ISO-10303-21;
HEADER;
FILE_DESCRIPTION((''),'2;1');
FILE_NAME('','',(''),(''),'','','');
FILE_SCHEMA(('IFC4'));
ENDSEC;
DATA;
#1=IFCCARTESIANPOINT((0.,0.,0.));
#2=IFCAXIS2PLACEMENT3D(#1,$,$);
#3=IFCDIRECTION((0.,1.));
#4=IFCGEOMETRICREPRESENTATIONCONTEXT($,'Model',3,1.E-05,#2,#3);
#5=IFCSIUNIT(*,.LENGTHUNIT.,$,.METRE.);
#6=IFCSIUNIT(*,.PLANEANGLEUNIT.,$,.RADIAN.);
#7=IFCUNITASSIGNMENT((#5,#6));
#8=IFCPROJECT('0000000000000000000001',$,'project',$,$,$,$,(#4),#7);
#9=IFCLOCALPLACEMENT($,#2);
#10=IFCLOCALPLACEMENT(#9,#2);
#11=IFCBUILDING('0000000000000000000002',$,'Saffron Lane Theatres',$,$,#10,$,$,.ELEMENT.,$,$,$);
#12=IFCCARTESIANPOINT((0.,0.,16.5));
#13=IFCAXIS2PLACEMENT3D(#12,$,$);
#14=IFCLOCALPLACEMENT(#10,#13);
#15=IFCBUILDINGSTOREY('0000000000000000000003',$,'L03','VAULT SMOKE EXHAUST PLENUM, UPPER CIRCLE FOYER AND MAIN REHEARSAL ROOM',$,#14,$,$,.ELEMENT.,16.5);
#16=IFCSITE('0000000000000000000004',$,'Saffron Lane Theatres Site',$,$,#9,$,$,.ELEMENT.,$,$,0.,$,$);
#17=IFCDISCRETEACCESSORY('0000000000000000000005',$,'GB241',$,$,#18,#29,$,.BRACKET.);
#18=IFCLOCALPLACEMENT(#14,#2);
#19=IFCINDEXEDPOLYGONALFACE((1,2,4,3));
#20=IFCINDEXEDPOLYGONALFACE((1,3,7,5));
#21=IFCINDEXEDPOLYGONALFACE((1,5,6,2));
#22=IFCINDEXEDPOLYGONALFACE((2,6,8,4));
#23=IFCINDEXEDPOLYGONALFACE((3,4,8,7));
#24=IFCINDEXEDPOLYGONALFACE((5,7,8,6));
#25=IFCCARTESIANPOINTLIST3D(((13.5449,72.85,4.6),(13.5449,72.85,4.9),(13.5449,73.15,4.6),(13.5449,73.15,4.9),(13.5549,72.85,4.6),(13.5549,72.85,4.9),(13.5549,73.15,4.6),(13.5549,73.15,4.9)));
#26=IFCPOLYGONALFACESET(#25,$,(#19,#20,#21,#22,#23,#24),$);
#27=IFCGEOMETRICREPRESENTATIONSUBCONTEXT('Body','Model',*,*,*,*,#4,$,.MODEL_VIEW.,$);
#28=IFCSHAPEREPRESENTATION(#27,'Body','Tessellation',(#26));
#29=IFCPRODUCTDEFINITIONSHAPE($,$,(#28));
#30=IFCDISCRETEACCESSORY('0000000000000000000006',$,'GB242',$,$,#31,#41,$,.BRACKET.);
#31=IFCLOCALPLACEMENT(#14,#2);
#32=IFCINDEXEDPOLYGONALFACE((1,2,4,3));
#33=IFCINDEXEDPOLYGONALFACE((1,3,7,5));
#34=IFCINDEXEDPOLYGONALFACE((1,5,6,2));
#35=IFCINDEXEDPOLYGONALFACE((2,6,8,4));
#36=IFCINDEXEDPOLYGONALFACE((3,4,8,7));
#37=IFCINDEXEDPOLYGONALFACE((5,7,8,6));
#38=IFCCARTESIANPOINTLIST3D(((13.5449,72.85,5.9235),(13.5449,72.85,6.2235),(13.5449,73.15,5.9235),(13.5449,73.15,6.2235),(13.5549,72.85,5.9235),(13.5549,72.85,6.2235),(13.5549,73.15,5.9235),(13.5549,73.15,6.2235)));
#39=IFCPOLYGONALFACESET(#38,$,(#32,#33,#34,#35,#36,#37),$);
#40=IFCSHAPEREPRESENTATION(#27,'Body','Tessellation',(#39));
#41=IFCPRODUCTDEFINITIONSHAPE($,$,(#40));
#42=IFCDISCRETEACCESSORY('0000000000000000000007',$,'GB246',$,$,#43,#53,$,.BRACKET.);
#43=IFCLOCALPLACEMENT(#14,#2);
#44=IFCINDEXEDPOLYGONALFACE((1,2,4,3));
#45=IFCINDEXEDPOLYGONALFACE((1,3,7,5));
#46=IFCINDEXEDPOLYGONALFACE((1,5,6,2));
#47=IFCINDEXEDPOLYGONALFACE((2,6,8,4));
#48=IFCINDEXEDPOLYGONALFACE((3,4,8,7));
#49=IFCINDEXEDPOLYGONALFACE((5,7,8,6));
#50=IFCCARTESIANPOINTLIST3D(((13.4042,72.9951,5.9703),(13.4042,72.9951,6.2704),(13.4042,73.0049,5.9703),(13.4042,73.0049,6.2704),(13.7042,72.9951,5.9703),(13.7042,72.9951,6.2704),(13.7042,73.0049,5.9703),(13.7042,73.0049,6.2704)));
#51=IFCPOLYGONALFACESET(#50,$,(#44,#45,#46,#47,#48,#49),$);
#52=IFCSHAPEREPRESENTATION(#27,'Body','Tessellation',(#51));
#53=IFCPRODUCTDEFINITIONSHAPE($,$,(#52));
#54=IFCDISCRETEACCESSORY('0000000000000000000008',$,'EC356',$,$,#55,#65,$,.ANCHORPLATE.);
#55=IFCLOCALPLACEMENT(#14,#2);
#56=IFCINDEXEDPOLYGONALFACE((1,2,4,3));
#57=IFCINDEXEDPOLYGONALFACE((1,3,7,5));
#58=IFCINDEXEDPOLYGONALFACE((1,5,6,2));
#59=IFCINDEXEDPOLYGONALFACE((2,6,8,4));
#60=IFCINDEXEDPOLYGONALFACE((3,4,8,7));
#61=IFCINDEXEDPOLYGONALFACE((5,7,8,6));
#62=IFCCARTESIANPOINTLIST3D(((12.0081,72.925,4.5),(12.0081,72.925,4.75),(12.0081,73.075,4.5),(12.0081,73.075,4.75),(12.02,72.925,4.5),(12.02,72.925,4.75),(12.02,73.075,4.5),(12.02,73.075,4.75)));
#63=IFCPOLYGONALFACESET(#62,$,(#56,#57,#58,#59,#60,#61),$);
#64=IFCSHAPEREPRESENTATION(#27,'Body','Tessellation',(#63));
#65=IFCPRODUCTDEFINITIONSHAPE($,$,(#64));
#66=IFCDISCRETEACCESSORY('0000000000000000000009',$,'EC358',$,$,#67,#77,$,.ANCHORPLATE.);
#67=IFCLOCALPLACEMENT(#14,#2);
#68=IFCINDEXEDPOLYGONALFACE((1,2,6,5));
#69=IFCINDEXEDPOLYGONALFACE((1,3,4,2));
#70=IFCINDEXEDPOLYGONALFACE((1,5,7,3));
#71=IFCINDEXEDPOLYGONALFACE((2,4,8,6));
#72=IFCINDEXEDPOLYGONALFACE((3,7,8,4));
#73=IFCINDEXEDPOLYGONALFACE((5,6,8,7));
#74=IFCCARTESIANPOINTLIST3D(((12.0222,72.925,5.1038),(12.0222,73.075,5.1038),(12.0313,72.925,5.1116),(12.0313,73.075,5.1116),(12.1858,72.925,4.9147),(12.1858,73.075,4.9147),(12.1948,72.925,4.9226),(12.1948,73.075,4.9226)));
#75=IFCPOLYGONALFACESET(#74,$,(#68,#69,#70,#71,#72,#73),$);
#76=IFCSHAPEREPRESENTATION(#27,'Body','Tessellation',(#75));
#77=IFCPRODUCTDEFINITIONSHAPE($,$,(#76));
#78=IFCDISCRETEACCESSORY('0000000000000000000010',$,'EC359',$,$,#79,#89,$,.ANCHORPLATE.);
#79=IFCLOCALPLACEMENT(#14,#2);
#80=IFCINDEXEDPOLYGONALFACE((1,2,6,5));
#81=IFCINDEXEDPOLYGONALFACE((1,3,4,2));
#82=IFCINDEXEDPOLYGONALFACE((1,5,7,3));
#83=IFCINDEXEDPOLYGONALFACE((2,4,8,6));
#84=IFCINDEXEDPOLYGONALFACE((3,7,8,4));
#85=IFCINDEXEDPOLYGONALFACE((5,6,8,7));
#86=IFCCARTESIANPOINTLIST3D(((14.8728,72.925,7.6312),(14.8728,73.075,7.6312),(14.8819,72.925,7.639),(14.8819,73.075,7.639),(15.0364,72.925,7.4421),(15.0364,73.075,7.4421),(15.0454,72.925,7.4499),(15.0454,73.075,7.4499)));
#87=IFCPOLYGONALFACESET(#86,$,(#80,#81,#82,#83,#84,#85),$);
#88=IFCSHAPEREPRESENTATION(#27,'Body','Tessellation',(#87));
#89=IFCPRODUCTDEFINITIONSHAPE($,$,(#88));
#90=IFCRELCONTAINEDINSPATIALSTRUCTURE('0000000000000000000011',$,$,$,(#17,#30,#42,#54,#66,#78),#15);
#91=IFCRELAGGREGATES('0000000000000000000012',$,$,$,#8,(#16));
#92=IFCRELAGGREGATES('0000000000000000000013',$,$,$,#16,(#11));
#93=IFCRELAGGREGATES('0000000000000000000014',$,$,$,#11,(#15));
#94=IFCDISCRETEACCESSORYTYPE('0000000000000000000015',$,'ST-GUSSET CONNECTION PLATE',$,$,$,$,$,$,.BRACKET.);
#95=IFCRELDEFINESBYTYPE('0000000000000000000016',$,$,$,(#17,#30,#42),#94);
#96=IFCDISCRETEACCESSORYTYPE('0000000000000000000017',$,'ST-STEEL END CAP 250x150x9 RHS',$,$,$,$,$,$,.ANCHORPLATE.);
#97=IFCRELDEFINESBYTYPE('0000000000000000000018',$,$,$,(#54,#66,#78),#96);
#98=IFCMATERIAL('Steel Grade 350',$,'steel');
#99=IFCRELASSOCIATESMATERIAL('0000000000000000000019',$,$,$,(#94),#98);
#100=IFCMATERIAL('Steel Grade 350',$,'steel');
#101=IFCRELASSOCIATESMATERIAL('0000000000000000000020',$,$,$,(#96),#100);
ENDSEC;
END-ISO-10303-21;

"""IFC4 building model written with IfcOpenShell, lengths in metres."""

from ifc_helpers import new_model, si_unit, direction, frame, origin, origin_2d, place, context, subcontext, project, spatial, rectangle, extrude, material, material_profile, profile_set, type_object, element, save


model = new_model("IFC4")

# Units and contexts
model_context = context("Model", 3, precision=1e-05, world=origin(), true_north=direction((0.0, 1.0)))
body_context = subcontext(model_context, "Body", "Model", "MODEL_VIEW")
ifc_project = project(units=[si_unit("LENGTHUNIT", "METRE"), si_unit("PLANEANGLEUNIT", "RADIAN")], contexts=[model_context])

# Site, building, storey
site_placement = place(None, origin())
site = spatial("IfcSite", under=ifc_project, at=site_placement, Name="Saffron Lane Theatres Site", CompositionType="ELEMENT", RefElevation=0.0)
building_placement = place(site_placement, origin())
building = spatial("IfcBuilding", under=site, at=building_placement, Name="Saffron Lane Theatres", CompositionType="ELEMENT")
storey_placement = place(building_placement, frame((0.0, 0.0, 16.5)))
storey = spatial("IfcBuildingStorey", under=building, at=storey_placement, Name="L03", Description="VAULT SMOKE EXHAUST PLENUM, UPPER CIRCLE FOYER AND MAIN REHEARSAL ROOM", CompositionType="ELEMENT", Elevation=16.5)

# Discrete accessories
ifc_material_1 = material(Name="Steel Grade 350", Category="steel")
ifc_material_profile_1 = material_profile(ifc_material_1, rectangle(XDim=0.3, YDim=0.3, at=origin_2d()))
ifc_profile_set_1 = profile_set([ifc_material_profile_1], Name="Steel Grade 350")
discrete_accessory_type_1 = type_object("IfcDiscreteAccessoryType", Name="ST-GUSSET CONNECTION PLATE", PredefinedType="BRACKET", material=ifc_profile_set_1)
for number, where, z_axis, x_axis, name in (
    (1, (13.5449, 73.0, 4.75), (1.0, 0.0, 0.0), (0.0, 1.0, 0.0), "GB241"),
    (2, (13.5449, 73.0, 6.0735), (1.0, 0.0, 0.0), (0.0, 1.0, 0.0), "GB242"),
):
    element("IfcDiscreteAccessory", number, at=place(storey_placement, frame(where, z_axis=z_axis, x_axis=x_axis)), inside=storey, type_object=discrete_accessory_type_1, Name=name, PredefinedType="BRACKET", context=body_context, shape_type="SweptSolid", body=[
        extrude(rectangle(XDim=0.3, YDim=0.3, at=origin_2d()), origin(), (0.0, 0.0, 1.0), 0.01),
    ])
discrete_accessory_placement = place(storey_placement, frame((13.5542, 72.9951, 6.1204), z_axis=(0.0, 1.0, 0.0), x_axis=(-1.0, 0.0, 0.0)))
element("IfcDiscreteAccessory", 3, at=discrete_accessory_placement, inside=storey, type_object=discrete_accessory_type_1, Name="GB246", PredefinedType="BRACKET", context=body_context, shape_type="SweptSolid", body=[
    extrude(rectangle(XDim=0.3, YDim=0.3, at=origin_2d()), origin(), (0.0, 0.0, 1.0), 0.0098),
])
ifc_material_2 = material(Name="Steel Grade 350", Category="steel")
ifc_material_profile_2 = material_profile(ifc_material_2, rectangle(XDim=0.1499, YDim=0.25, at=origin_2d()))
ifc_profile_set_2 = profile_set([ifc_material_profile_2], Name="Steel Grade 350")
discrete_accessory_type_2 = type_object("IfcDiscreteAccessoryType", Name="ST-STEEL END CAP 250x150x9 RHS", PredefinedType="ANCHORPLATE", material=ifc_profile_set_2)
for number, where, z_axis, x_axis, name in (
    (4, (12.0081, 73.0, 4.625), (1.0, 0.0, 0.0), (0.0, 1.0, 0.0), "EC356"),
    (5, (12.104, 73.0, 5.0093), (0.756363, 0.0, 0.654152), (0.0, 1.0, 0.0), "EC358"),
    (6, (14.9546, 73.0, 7.5366), (0.756363, 0.0, 0.654152), (0.0, 1.0, 0.0), "EC359"),
):
    element("IfcDiscreteAccessory", number, at=place(storey_placement, frame(where, z_axis=z_axis, x_axis=x_axis)), inside=storey, type_object=discrete_accessory_type_2, Name=name, PredefinedType="ANCHORPLATE", context=body_context, shape_type="SweptSolid", body=[
        extrude(rectangle(XDim=0.1499, YDim=0.25, at=origin_2d()), origin(), (0.0, 0.0, 1.0), 0.012),
    ])

save(model, "model.ifc")
